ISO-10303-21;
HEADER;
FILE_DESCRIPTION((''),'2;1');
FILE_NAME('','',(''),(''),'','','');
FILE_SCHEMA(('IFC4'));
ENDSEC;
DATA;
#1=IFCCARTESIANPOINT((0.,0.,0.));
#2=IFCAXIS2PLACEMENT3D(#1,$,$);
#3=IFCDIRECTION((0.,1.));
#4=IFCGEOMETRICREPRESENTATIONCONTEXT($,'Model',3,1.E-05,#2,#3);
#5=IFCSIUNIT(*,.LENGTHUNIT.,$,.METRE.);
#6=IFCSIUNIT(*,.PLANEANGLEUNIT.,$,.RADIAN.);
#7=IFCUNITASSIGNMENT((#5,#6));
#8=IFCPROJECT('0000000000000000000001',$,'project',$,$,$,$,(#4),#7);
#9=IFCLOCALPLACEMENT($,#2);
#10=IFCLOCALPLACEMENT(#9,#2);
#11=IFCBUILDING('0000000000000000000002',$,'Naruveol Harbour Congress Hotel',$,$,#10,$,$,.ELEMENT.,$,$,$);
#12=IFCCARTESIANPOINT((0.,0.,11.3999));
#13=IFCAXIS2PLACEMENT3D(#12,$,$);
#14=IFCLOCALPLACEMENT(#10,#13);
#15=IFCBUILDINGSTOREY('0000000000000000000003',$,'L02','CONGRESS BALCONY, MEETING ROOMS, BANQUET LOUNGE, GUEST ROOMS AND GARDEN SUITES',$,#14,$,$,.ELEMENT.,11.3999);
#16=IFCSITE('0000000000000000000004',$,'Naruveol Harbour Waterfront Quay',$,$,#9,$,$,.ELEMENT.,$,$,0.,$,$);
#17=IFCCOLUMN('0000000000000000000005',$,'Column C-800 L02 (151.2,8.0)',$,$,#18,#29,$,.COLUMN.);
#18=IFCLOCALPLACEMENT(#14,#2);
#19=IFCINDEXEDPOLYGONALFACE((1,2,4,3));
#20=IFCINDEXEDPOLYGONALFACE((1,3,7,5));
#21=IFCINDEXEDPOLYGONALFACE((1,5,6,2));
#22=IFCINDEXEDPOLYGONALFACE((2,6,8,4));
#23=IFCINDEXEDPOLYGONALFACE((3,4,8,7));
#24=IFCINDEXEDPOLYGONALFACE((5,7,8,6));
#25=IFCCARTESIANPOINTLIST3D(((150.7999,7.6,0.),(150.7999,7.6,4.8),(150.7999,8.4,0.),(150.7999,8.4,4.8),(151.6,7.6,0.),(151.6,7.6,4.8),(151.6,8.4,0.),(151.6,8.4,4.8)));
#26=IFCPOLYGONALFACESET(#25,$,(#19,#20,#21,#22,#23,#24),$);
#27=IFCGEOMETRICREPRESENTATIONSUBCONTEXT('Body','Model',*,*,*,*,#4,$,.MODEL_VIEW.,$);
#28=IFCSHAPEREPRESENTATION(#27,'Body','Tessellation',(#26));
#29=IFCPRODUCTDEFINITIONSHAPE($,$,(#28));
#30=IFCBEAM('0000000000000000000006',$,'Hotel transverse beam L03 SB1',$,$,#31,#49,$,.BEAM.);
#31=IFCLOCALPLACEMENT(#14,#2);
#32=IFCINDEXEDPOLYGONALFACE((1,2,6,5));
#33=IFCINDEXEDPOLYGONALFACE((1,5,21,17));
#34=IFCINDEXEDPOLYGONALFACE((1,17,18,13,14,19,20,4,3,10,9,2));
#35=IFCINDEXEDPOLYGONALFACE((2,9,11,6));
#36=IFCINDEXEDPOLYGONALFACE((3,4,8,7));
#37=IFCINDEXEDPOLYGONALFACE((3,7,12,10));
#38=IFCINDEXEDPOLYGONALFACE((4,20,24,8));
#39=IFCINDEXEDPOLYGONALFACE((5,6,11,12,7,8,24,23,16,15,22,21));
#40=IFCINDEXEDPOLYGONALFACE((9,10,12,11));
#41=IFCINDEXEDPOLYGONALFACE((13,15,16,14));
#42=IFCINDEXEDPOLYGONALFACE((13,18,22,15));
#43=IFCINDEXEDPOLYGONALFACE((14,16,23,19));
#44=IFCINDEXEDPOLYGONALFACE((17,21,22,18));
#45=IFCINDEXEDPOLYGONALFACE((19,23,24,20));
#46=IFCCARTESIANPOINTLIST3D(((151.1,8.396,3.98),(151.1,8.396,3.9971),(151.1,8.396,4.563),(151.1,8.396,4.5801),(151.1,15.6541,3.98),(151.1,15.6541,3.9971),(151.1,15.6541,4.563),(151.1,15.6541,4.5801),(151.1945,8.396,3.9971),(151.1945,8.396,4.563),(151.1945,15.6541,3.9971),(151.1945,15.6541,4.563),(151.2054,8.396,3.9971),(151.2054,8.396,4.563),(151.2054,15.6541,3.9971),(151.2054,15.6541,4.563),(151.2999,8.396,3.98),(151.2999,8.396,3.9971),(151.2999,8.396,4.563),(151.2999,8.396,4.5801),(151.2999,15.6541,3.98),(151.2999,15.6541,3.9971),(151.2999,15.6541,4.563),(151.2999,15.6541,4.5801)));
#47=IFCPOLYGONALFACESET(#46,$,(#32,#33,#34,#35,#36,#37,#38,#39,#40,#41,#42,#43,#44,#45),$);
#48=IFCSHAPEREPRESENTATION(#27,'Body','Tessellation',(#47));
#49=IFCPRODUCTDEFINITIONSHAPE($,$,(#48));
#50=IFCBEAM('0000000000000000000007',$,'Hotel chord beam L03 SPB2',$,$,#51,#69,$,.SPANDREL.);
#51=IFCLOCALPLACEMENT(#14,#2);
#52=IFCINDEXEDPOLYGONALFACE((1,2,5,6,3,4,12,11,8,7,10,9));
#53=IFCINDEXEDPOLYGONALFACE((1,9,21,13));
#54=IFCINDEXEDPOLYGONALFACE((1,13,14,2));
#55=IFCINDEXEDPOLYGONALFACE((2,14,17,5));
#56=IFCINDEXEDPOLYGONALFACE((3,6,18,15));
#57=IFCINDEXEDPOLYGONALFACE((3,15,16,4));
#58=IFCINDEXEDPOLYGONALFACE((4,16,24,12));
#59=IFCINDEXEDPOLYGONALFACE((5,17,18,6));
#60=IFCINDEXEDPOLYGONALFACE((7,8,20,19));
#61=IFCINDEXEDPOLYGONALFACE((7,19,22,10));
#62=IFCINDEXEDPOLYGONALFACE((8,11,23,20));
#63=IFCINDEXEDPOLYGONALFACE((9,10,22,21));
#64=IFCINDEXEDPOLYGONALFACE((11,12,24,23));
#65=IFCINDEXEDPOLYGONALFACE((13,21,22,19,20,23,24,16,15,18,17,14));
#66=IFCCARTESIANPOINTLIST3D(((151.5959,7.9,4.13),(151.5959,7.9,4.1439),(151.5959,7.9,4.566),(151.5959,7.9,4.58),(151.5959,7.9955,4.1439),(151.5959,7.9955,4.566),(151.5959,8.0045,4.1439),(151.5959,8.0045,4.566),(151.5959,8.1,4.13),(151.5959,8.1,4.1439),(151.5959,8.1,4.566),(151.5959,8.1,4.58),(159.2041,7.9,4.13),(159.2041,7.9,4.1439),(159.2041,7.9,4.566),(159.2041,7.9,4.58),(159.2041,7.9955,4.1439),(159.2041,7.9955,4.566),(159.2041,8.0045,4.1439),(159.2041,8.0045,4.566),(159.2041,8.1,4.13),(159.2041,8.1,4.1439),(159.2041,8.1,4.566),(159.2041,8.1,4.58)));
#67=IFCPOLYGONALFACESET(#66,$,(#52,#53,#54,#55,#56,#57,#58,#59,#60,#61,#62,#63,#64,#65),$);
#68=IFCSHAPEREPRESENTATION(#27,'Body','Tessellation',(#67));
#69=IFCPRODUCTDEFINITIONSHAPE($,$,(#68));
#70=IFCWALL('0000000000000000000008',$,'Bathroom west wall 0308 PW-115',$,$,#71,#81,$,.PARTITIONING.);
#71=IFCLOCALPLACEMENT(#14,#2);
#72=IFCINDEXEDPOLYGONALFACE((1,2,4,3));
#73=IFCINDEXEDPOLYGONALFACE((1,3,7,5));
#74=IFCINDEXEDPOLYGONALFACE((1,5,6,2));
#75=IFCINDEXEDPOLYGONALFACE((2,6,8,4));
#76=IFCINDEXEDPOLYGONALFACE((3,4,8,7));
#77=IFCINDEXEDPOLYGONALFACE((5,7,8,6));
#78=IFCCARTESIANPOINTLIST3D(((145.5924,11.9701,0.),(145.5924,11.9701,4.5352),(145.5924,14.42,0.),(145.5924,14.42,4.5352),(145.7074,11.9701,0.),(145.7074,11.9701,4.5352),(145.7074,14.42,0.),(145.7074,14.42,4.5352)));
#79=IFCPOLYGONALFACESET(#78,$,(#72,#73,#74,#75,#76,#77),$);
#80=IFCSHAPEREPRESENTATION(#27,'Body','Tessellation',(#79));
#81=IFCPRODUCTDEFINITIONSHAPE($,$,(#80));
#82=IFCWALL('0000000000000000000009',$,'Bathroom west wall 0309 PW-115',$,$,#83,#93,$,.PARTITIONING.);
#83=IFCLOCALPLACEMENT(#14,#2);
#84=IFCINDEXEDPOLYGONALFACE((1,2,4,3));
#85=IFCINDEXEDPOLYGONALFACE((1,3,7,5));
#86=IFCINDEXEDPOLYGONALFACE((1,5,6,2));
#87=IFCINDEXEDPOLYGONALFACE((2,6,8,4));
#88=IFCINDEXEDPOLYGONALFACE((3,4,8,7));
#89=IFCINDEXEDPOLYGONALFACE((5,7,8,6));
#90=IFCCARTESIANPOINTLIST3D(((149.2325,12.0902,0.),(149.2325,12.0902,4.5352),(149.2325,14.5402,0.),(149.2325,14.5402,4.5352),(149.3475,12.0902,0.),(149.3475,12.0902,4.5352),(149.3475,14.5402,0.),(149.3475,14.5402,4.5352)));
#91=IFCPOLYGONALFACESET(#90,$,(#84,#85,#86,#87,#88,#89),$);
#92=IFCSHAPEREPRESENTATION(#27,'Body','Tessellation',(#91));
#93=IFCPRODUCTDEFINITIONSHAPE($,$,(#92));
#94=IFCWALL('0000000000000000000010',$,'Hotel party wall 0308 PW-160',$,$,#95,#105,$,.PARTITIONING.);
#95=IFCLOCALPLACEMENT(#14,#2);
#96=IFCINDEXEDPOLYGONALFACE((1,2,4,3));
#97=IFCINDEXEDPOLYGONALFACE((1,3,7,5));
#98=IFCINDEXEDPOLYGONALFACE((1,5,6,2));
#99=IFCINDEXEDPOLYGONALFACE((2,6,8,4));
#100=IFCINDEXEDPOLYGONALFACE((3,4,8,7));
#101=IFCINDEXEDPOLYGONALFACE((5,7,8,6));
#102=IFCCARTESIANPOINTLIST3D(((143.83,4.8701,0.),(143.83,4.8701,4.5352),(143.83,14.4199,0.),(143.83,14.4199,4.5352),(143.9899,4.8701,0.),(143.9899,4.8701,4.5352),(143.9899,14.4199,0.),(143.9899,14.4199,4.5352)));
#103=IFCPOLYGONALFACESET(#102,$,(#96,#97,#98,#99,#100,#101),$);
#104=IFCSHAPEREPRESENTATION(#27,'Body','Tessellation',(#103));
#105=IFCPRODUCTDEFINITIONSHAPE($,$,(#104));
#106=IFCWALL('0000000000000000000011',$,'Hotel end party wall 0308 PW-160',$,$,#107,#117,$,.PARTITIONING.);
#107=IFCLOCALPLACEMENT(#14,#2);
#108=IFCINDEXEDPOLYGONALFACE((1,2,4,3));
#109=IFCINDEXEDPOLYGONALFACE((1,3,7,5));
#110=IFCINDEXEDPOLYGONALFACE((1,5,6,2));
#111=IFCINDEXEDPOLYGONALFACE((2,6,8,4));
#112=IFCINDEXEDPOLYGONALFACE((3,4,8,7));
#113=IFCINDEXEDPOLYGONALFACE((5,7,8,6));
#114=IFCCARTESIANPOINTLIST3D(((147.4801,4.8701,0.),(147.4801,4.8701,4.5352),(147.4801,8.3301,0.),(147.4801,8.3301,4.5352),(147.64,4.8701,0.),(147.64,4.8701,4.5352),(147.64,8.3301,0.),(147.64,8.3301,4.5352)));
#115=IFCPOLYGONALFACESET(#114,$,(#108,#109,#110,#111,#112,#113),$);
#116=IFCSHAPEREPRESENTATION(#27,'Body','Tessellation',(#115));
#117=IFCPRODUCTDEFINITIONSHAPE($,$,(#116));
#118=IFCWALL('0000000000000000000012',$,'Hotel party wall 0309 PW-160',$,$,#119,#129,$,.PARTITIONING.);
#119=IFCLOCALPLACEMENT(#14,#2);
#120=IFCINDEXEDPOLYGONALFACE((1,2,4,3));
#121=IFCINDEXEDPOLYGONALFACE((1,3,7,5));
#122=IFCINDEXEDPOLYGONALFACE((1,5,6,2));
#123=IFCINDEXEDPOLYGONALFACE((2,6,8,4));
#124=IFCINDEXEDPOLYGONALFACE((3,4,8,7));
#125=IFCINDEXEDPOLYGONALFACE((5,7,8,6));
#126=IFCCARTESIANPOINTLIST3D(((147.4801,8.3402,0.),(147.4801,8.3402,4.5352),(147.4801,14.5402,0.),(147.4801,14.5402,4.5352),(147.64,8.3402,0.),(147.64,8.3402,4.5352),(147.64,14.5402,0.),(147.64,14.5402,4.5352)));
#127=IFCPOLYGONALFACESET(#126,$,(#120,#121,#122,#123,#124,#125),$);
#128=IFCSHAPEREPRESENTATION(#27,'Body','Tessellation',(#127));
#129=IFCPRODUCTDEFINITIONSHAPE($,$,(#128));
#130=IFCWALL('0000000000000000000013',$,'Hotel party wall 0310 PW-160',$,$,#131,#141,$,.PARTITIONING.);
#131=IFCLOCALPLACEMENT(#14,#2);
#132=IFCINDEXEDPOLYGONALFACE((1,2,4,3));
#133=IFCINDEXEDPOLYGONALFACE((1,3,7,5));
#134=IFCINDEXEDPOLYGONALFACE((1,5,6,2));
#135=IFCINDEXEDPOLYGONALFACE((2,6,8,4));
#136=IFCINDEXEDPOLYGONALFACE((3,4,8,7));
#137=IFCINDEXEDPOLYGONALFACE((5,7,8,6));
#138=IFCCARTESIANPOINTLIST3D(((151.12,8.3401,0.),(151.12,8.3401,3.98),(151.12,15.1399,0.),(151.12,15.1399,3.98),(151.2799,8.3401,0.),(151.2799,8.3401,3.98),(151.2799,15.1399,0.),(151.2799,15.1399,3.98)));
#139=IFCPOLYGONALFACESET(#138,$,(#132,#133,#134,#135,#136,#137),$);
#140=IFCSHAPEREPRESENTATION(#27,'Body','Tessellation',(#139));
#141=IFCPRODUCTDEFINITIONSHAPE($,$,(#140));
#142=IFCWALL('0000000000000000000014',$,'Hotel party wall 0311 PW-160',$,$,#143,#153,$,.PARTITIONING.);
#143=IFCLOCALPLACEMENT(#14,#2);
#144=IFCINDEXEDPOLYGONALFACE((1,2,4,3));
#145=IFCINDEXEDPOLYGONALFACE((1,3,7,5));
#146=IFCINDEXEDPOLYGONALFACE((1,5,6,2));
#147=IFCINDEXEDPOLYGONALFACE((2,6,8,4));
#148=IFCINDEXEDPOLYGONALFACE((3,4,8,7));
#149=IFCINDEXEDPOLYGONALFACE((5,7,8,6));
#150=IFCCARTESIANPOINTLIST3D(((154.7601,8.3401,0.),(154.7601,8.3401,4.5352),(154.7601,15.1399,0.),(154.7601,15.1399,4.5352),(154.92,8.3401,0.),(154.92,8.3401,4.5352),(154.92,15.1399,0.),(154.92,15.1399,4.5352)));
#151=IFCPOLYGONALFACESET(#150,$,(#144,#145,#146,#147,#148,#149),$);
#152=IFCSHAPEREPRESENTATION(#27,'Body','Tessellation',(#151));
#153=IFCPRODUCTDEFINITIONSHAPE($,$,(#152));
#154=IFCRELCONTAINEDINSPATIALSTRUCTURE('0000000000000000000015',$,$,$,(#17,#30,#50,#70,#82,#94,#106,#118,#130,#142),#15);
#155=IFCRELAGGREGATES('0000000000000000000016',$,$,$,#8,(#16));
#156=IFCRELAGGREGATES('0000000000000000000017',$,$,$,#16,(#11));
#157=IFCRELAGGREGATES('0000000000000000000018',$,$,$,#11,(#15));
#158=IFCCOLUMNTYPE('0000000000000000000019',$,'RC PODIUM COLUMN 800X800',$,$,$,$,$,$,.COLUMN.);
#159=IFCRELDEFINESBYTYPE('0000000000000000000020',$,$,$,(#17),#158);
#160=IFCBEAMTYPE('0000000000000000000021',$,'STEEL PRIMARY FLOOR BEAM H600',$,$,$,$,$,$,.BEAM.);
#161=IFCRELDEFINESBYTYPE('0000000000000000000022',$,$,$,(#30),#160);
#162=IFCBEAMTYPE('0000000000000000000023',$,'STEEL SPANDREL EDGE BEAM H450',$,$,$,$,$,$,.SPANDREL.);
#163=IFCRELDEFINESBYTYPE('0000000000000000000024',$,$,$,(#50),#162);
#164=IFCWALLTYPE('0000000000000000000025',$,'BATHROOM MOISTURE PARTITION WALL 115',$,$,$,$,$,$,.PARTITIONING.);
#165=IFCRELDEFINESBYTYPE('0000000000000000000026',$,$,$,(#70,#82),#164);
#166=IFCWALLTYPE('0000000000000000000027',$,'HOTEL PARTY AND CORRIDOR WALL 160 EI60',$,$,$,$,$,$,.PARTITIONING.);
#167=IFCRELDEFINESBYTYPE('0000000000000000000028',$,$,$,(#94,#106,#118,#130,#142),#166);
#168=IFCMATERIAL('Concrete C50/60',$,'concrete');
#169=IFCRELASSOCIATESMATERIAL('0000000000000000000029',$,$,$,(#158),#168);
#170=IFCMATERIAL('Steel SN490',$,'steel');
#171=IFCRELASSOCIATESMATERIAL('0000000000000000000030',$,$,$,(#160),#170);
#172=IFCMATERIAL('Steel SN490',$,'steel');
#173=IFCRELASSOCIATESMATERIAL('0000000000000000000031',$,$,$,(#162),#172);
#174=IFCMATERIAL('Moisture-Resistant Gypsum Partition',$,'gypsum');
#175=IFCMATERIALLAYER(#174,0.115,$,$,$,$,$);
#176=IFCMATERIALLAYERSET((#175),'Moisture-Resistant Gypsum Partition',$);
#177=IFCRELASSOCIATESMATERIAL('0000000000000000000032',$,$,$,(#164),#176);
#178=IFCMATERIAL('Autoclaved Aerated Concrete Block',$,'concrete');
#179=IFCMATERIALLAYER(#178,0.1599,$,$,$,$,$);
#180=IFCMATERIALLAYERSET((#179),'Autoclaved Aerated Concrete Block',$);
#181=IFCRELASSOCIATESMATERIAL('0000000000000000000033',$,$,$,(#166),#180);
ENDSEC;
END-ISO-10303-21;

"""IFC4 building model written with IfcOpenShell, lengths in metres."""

from ifc_helpers import new_model, si_unit, direction, frame, frame_2d, origin, origin_2d, place, context, subcontext, project, spatial, rectangle, i_section, extrude, material, layer, layer_set, material_profile, profile_set, type_object, element, save


model = new_model("IFC4")

# Units and contexts
model_context = context("Model", 3, precision=1e-05, world=origin(), true_north=direction((0.0, 1.0)))
body_context = subcontext(model_context, "Body", "Model", "MODEL_VIEW")
ifc_project = project(units=[si_unit("LENGTHUNIT", "METRE"), si_unit("PLANEANGLEUNIT", "RADIAN")], contexts=[model_context])

# Site, building, storey
site_placement = place(None, origin())
site = spatial("IfcSite", under=ifc_project, at=site_placement, Name="Naruveol Harbour Waterfront Quay", CompositionType="ELEMENT", RefElevation=0.0)
building_placement = place(site_placement, origin())
building = spatial("IfcBuilding", under=site, at=building_placement, Name="Naruveol Harbour Congress Hotel", CompositionType="ELEMENT")
storey_placement = place(building_placement, frame((0.0, 0.0, 11.3999)))
storey = spatial("IfcBuildingStorey", under=building, at=storey_placement, Name="L02", Description="CONGRESS BALCONY, MEETING ROOMS, BANQUET LOUNGE, GUEST ROOMS AND GARDEN SUITES", CompositionType="ELEMENT", Elevation=11.3999)

# Column
ifc_material_1 = material(Name="Concrete C50/60", Category="concrete")
ifc_material_profile_1 = material_profile(ifc_material_1, rectangle(XDim=0.8, YDim=0.8, at=origin_2d()), Name="RC-800x800")
ifc_profile_set_1 = profile_set([ifc_material_profile_1], Name="Concrete C50/60")
column_type = type_object("IfcColumnType", Name="RC PODIUM COLUMN 800X800", PredefinedType="COLUMN", material=ifc_profile_set_1)
column_placement = place(storey_placement, frame((151.2, 8.0, 0.0), z_axis=(0.0, 0.0, 1.0), x_axis=(1.0, 0.0, 0.0)))
element("IfcColumn", 1, at=column_placement, inside=storey, type_object=column_type, Name="Column C-800 L02 (151.2,8.0)", PredefinedType="COLUMN", context=body_context, shape_type="SweptSolid", body=[
    extrude(rectangle(XDim=0.8, YDim=0.8, at=origin_2d()), origin(), (0.0, 0.0, 1.0), 4.8),
])

# Beams
ifc_material_2 = material(Name="Steel SN490", Category="steel")
ifc_material_profile_2 = material_profile(ifc_material_2, i_section(OverallWidth=0.2, OverallDepth=0.6001, WebThickness=0.011, FlangeThickness=0.0171, at=origin_2d()), Name="H-600x200x11x17")
ifc_profile_set_2 = profile_set([ifc_material_profile_2], Name="Steel SN490")
beam_type_1 = type_object("IfcBeamType", Name="STEEL PRIMARY FLOOR BEAM H600", PredefinedType="BEAM", material=ifc_profile_set_2)
beam_1_placement = place(storey_placement, frame((151.2, 8.396, 4.28), z_axis=(0.0, 1.0, 0.0), x_axis=(-1.0, 0.0, 0.0)))
element("IfcBeam", 2, at=beam_1_placement, inside=storey, type_object=beam_type_1, Name="Hotel transverse beam L03 SB1", PredefinedType="BEAM", context=body_context, shape_type="SweptSolid", body=[
    extrude(i_section(OverallWidth=0.2, OverallDepth=0.6001, WebThickness=0.011, FlangeThickness=0.0171, at=origin_2d()), origin(), (0.0, 0.0, 1.0), 7.2581),
])
ifc_material_3 = material(Name="Steel SN490", Category="steel")
ifc_material_profile_3 = material_profile(ifc_material_3, i_section(OverallWidth=0.2, OverallDepth=0.45, WebThickness=0.009, FlangeThickness=0.0139, at=origin_2d()), Name="H-450x200x9x14")
ifc_profile_set_3 = profile_set([ifc_material_profile_3], Name="Steel SN490")
beam_type_2 = type_object("IfcBeamType", Name="STEEL SPANDREL EDGE BEAM H450", PredefinedType="SPANDREL", material=ifc_profile_set_3)
beam_2_placement = place(storey_placement, frame((151.5959, 8.0, 4.355), z_axis=(1.0, 0.0, 0.0), x_axis=(0.0, 1.0, 0.0)))
element("IfcBeam", 3, at=beam_2_placement, inside=storey, type_object=beam_type_2, Name="Hotel chord beam L03 SPB2", PredefinedType="SPANDREL", context=body_context, shape_type="SweptSolid", body=[
    extrude(i_section(OverallWidth=0.2, OverallDepth=0.45, WebThickness=0.009, FlangeThickness=0.0139, at=origin_2d()), origin(), (0.0, 0.0, 1.0), 7.6082),
])

# Wall
ifc_material_4 = material(Name="Moisture-Resistant Gypsum Partition", Category="gypsum")
ifc_layer_1 = layer(ifc_material_4, 0.115)
ifc_layer_set_1 = layer_set([ifc_layer_1], Name="Moisture-Resistant Gypsum Partition")
wall_type_1 = type_object("IfcWallType", Name="BATHROOM MOISTURE PARTITION WALL 115", PredefinedType="PARTITIONING", material=ifc_layer_set_1)
wall_1_placement = place(storey_placement, frame((145.6499, 11.97, 0.0), z_axis=(0.0, 0.0, 1.0), x_axis=(0.0, 1.0, 0.0)))
element("IfcWall", 4, at=wall_1_placement, inside=storey, type_object=wall_type_1, Name="Bathroom west wall 0308 PW-115", PredefinedType="PARTITIONING", context=body_context, shape_type="SweptSolid", body=[
    extrude(rectangle(XDim=2.45, YDim=0.115, at=frame_2d((1.2251, 0.0))), origin(), (0.0, 0.0, 1.0), 4.5352),
])

# Wall
wall_2_placement = place(storey_placement, frame((149.29, 12.0901, 0.0), z_axis=(0.0, 0.0, 1.0), x_axis=(0.0, 1.0, 0.0)))
element("IfcWall", 5, at=wall_2_placement, inside=storey, type_object=wall_type_1, Name="Bathroom west wall 0309 PW-115", PredefinedType="PARTITIONING", context=body_context, shape_type="SweptSolid", body=[
    extrude(rectangle(XDim=2.45, YDim=0.115, at=frame_2d((1.2251, 0.0))), origin(), (0.0, 0.0, 1.0), 4.5352),
])

# Walls
ifc_material_5 = material(Name="Autoclaved Aerated Concrete Block", Category="concrete")
ifc_layer_2 = layer(ifc_material_5, 0.1599)
ifc_layer_set_2 = layer_set([ifc_layer_2], Name="Autoclaved Aerated Concrete Block")
wall_type_2 = type_object("IfcWallType", Name="HOTEL PARTY AND CORRIDOR WALL 160 EI60", PredefinedType="PARTITIONING", material=ifc_layer_set_2)
wall_3_placement = place(storey_placement, frame((143.9099, 4.8701, 0.0), z_axis=(0.0, 0.0, 1.0), x_axis=(0.0, 1.0, 0.0)))
element("IfcWall", 6, at=wall_3_placement, inside=storey, type_object=wall_type_2, Name="Hotel party wall 0308 PW-160", PredefinedType="PARTITIONING", context=body_context, shape_type="SweptSolid", body=[
    extrude(rectangle(XDim=9.5498, YDim=0.1599, at=frame_2d((4.7749, 0.0))), origin(), (0.0, 0.0, 1.0), 4.5352),
])
wall_4_placement = place(storey_placement, frame((147.5601, 4.8701, 0.0), z_axis=(0.0, 0.0, 1.0), x_axis=(0.0, 1.0, 0.0)))
element("IfcWall", 7, at=wall_4_placement, inside=storey, type_object=wall_type_2, Name="Hotel end party wall 0308 PW-160", PredefinedType="PARTITIONING", context=body_context, shape_type="SweptSolid", body=[
    extrude(rectangle(XDim=3.46, YDim=0.1599, at=frame_2d((1.73, 0.0))), origin(), (0.0, 0.0, 1.0), 4.5352),
])
wall_5_placement = place(storey_placement, frame((147.5601, 8.3401, 0.0), z_axis=(0.0, 0.0, 1.0), x_axis=(0.0, 1.0, 0.0)))
element("IfcWall", 8, at=wall_5_placement, inside=storey, type_object=wall_type_2, Name="Hotel party wall 0309 PW-160", PredefinedType="PARTITIONING", context=body_context, shape_type="SweptSolid", body=[
    extrude(rectangle(XDim=6.2, YDim=0.1599, at=frame_2d((3.1001, 0.0))), origin(), (0.0, 0.0, 1.0), 4.5352),
])
wall_6_placement = place(storey_placement, frame((151.2, 8.3401, 0.0), z_axis=(0.0, 0.0, 1.0), x_axis=(0.0, 1.0, 0.0)))
element("IfcWall", 9, at=wall_6_placement, inside=storey, type_object=wall_type_2, Name="Hotel party wall 0310 PW-160", PredefinedType="PARTITIONING", context=body_context, shape_type="SweptSolid", body=[
    extrude(rectangle(XDim=6.7998, YDim=0.1599, at=frame_2d((3.3999, 0.0))), origin(), (0.0, 0.0, 1.0), 3.98),
])
wall_7_placement = place(storey_placement, frame((154.8401, 8.3401, 0.0), z_axis=(0.0, 0.0, 1.0), x_axis=(0.0, 1.0, 0.0)))
element("IfcWall", 10, at=wall_7_placement, inside=storey, type_object=wall_type_2, Name="Hotel party wall 0311 PW-160", PredefinedType="PARTITIONING", context=body_context, shape_type="SweptSolid", body=[
    extrude(rectangle(XDim=6.7998, YDim=0.1599, at=frame_2d((3.3999, 0.0))), origin(), (0.0, 0.0, 1.0), 4.5352),
])

save(model, "model.ifc")
